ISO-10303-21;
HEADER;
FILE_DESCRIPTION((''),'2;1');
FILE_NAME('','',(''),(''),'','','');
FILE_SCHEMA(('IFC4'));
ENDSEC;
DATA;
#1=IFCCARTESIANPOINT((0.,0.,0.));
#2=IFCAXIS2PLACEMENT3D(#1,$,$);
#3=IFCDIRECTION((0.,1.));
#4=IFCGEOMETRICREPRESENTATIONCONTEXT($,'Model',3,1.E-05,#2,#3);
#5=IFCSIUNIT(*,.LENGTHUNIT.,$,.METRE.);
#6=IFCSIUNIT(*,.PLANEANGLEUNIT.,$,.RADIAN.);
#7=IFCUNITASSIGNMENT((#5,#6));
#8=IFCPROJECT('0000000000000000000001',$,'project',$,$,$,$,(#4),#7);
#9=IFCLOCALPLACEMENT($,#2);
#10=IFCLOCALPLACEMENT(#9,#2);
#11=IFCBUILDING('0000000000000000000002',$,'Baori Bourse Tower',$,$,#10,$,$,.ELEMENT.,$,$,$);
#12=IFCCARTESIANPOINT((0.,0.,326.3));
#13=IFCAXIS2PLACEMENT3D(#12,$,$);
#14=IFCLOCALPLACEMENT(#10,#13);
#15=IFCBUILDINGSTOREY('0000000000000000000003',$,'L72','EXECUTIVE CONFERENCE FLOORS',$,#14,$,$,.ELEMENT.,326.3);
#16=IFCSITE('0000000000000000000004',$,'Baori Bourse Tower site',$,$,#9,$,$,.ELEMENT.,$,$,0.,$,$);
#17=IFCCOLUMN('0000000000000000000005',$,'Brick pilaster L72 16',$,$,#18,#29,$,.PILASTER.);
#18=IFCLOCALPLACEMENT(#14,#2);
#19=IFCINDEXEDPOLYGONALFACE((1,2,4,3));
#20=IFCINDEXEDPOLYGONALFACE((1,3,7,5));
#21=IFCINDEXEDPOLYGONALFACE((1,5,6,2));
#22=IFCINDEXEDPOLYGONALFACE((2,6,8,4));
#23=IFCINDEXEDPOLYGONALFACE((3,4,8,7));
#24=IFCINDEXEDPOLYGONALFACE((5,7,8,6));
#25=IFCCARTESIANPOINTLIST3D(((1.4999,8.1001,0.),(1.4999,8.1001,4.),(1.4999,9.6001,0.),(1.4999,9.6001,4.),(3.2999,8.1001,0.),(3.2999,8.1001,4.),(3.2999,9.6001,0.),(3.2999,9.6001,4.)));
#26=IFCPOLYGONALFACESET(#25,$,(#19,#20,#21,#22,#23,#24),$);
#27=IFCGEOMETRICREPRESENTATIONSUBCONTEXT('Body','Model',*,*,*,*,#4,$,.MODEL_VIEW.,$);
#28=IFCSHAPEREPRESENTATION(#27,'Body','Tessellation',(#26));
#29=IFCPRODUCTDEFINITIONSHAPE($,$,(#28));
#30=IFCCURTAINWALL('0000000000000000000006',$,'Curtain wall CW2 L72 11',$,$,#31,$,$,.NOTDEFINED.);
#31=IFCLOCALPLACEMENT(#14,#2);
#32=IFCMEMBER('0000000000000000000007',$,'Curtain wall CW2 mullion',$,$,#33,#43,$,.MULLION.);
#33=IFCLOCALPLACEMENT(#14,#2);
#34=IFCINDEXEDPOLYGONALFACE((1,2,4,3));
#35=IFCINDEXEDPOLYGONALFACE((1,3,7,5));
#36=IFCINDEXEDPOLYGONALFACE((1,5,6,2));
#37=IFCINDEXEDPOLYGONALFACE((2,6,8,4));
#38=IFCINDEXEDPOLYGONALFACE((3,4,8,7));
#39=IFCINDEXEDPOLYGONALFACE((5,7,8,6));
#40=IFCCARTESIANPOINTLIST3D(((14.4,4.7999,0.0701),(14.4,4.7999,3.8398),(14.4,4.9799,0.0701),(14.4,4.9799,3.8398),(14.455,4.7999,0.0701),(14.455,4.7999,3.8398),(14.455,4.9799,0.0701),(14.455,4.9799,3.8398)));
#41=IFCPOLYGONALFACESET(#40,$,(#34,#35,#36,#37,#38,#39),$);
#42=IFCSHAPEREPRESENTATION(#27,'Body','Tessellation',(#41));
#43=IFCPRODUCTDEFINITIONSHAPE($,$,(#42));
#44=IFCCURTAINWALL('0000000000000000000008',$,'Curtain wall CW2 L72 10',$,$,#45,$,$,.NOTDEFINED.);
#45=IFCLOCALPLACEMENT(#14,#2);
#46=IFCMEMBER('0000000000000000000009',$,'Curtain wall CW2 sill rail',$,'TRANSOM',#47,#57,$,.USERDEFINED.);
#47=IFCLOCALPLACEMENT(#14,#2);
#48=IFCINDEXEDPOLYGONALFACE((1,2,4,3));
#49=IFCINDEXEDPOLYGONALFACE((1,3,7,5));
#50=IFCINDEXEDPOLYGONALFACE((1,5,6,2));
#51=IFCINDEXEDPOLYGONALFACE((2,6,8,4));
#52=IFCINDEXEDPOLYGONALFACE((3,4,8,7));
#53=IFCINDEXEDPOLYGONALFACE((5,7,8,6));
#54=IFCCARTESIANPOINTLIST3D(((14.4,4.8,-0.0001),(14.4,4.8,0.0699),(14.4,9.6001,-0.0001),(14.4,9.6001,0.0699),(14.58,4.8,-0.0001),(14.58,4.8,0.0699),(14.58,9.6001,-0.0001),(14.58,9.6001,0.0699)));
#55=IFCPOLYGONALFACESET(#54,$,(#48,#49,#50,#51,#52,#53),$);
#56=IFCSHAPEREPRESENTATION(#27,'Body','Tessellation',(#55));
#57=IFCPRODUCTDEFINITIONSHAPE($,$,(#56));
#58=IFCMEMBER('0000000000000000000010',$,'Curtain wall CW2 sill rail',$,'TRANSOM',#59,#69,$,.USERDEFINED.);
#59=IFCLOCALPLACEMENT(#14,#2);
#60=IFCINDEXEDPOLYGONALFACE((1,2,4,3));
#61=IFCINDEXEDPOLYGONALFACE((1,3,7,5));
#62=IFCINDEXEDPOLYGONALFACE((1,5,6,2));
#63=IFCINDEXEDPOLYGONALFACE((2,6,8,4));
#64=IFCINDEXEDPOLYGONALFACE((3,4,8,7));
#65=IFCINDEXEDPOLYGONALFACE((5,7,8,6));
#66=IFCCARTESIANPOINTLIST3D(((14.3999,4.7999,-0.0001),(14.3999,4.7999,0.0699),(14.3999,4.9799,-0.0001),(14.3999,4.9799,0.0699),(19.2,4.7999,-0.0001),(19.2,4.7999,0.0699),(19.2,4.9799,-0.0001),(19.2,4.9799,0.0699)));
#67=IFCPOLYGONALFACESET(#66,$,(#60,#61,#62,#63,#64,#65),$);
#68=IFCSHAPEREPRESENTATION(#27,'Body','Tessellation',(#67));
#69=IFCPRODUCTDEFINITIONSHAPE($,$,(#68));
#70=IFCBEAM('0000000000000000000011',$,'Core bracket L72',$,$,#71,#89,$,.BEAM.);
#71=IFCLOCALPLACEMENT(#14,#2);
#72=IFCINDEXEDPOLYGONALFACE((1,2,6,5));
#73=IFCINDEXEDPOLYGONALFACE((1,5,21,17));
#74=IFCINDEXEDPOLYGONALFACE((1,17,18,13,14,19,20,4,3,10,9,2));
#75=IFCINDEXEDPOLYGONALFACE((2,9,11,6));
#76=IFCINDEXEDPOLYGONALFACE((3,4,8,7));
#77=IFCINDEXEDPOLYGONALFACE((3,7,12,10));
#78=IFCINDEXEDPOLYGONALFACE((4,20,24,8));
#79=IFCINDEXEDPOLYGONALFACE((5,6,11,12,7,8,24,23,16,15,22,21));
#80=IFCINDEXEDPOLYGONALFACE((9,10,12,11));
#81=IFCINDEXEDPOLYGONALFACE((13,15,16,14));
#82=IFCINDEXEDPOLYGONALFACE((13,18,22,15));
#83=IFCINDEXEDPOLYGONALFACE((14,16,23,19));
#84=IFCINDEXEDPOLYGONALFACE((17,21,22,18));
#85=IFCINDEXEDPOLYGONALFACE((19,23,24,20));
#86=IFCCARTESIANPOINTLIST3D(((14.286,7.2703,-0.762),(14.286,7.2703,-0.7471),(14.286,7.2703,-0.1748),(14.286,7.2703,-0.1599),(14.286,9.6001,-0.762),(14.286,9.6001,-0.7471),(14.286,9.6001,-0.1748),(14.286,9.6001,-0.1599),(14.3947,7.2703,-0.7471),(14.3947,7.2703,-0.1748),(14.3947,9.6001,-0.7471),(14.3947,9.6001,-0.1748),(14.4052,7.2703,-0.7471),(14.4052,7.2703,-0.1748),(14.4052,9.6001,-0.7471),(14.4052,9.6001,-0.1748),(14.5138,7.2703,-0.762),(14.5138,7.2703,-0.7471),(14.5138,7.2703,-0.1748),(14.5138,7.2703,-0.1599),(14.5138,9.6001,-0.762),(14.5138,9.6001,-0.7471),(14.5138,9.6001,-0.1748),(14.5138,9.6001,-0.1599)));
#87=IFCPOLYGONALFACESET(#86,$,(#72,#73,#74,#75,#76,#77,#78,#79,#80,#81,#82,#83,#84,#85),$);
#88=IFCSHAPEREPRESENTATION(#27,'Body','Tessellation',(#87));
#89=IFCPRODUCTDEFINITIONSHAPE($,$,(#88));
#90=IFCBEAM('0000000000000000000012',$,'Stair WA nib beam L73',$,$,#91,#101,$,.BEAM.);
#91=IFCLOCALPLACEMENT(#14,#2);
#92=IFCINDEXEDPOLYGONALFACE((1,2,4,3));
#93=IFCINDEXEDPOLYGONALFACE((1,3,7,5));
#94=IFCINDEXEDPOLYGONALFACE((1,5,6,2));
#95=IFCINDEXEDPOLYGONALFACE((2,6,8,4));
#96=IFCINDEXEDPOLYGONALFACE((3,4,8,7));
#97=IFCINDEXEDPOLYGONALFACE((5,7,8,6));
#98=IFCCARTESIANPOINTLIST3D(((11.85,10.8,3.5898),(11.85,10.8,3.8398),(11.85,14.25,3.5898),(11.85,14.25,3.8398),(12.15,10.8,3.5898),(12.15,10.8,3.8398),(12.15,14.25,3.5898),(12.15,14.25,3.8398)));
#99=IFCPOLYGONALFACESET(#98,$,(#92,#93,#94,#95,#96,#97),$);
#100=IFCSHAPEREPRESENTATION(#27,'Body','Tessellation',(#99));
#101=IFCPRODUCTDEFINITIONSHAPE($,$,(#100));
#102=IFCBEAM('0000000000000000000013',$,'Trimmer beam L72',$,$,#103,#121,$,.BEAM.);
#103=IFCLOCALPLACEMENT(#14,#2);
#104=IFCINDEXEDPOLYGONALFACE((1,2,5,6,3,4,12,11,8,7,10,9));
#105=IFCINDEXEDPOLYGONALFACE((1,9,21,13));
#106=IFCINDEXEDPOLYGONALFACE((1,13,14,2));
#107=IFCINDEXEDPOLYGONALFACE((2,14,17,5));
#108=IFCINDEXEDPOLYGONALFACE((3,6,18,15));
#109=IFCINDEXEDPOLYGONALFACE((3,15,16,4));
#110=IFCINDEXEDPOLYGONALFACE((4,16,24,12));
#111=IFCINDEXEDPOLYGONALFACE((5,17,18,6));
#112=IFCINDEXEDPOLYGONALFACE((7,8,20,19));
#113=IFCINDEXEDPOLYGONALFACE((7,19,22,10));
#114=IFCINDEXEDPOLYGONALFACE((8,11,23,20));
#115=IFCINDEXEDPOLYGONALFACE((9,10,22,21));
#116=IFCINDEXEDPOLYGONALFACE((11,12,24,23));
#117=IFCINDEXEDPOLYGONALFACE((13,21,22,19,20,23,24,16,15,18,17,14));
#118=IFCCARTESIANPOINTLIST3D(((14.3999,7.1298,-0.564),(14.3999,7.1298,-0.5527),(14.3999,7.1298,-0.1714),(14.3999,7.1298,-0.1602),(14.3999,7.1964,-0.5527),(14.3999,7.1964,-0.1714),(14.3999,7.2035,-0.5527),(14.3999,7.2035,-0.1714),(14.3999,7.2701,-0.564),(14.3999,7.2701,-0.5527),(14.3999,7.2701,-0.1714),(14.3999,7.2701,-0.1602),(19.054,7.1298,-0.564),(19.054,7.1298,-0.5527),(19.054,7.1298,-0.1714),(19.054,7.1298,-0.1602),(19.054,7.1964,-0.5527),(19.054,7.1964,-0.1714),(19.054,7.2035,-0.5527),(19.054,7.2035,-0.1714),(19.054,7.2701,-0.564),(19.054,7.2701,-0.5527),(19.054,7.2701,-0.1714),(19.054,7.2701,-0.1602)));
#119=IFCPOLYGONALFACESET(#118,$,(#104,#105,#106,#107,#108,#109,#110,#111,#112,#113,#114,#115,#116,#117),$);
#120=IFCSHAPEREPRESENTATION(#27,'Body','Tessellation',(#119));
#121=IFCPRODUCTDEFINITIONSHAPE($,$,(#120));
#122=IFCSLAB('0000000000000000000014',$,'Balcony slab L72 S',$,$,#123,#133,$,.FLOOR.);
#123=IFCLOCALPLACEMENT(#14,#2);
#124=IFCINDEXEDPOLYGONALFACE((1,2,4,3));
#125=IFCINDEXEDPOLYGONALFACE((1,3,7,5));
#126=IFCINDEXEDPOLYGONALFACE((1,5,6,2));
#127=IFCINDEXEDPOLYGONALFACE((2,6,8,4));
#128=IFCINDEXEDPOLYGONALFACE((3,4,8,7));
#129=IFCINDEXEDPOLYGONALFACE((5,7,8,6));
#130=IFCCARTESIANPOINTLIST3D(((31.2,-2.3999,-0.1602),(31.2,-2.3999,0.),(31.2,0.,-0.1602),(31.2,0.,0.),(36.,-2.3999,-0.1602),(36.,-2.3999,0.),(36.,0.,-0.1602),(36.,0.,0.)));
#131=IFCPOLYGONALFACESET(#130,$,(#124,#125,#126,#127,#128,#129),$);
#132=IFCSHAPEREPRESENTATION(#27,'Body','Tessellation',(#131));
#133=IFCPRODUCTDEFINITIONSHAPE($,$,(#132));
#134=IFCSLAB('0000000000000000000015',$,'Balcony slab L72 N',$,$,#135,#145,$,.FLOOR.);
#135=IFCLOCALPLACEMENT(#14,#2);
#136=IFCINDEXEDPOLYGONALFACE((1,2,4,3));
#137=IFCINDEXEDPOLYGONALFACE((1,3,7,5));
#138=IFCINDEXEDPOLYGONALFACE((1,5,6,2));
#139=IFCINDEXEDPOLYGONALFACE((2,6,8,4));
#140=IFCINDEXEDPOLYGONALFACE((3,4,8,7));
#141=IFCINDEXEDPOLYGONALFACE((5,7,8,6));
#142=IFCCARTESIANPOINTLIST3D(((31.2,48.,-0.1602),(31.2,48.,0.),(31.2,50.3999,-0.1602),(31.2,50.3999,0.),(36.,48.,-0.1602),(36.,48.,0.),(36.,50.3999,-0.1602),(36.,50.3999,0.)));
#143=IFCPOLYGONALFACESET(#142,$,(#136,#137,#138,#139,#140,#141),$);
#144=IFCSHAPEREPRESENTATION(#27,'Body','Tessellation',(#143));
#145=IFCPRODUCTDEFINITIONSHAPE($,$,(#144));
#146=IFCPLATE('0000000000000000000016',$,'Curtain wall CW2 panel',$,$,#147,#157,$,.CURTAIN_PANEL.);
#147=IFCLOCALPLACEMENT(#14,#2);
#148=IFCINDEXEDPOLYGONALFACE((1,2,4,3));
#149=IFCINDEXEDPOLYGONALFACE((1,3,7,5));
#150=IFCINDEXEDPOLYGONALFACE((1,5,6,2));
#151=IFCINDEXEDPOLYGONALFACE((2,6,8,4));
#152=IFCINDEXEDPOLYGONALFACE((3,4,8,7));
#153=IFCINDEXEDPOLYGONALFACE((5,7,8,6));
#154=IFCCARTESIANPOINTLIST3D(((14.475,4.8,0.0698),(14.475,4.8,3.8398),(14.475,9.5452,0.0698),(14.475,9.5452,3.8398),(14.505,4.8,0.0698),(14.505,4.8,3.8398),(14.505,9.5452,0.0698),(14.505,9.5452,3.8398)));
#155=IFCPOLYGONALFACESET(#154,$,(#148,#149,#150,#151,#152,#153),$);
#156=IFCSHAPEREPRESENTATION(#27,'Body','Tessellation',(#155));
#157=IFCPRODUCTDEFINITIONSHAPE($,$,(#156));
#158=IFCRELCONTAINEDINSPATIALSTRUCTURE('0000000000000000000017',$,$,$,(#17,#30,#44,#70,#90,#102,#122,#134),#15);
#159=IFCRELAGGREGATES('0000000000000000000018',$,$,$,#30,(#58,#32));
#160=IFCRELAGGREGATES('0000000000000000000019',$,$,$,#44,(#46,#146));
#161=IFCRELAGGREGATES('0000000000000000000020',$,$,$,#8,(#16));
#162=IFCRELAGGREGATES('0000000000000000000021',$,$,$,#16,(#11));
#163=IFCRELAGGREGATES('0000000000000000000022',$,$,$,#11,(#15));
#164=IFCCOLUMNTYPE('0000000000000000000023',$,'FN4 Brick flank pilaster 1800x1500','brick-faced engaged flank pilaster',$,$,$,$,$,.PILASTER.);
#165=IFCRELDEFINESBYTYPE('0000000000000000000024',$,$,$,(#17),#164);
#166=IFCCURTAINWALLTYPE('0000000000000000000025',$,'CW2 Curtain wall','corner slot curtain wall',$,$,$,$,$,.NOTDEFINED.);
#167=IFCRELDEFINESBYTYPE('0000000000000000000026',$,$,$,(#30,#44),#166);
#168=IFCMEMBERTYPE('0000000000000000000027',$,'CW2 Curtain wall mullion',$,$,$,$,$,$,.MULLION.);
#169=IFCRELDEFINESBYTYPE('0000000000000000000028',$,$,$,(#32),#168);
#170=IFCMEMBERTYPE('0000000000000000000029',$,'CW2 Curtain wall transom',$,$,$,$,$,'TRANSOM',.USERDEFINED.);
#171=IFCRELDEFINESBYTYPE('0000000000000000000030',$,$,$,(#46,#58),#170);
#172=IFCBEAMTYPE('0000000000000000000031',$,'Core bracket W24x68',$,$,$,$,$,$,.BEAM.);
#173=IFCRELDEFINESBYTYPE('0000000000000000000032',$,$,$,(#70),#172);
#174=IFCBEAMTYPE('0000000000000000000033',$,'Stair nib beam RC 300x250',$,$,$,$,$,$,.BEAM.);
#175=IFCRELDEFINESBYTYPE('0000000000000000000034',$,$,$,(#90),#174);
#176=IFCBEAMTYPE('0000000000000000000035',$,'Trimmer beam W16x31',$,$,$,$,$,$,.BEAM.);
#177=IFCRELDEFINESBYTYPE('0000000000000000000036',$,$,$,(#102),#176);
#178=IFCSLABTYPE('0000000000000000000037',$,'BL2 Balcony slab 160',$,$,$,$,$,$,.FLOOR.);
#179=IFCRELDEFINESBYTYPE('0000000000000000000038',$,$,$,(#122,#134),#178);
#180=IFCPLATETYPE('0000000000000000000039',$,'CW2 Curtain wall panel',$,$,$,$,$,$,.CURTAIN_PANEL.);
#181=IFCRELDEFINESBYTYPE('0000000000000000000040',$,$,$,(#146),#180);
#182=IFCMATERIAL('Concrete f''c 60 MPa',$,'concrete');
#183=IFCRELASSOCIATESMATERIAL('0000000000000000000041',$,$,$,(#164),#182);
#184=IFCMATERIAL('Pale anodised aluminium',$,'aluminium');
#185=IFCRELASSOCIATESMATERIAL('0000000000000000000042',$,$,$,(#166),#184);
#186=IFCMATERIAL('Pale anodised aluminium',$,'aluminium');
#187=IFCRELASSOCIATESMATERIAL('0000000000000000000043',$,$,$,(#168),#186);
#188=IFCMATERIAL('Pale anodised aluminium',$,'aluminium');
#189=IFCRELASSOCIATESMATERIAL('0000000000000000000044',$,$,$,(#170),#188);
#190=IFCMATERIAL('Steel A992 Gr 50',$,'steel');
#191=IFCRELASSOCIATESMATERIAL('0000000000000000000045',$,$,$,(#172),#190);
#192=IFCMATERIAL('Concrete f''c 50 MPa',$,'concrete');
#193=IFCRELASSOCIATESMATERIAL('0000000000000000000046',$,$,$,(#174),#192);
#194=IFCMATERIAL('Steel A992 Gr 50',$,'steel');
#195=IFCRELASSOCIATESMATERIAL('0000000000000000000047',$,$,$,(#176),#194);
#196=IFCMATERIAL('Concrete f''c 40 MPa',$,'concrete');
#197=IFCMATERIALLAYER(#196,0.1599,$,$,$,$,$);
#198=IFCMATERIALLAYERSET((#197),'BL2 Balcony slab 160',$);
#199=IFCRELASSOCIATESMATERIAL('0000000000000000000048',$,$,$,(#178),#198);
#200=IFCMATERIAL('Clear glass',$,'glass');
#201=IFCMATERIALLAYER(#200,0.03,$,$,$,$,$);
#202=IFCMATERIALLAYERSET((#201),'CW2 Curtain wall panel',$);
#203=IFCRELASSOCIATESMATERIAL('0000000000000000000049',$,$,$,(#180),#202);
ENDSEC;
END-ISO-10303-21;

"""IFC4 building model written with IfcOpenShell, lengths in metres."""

from ifc_helpers import new_model, si_unit, direction, frame, origin, origin_2d, place, context, subcontext, project, spatial, polyline, rectangle, i_section, outline, extrude, material, layer, layer_set, material_profile, profile_set, type_object, element, aggregate, save


model = new_model("IFC4")

# Units and contexts
model_context = context("Model", 3, precision=1e-05, world=origin(), true_north=direction((0.0, 1.0)))
body_context = subcontext(model_context, "Body", "Model", "MODEL_VIEW")
ifc_project = project(units=[si_unit("LENGTHUNIT", "METRE"), si_unit("PLANEANGLEUNIT", "RADIAN")], contexts=[model_context])

# Site, building, storey
site_placement = place(None, origin())
site = spatial("IfcSite", under=ifc_project, at=site_placement, Name="Baori Bourse Tower site", CompositionType="ELEMENT", RefElevation=0.0)
building_placement = place(site_placement, origin())
building = spatial("IfcBuilding", under=site, at=building_placement, Name="Baori Bourse Tower", CompositionType="ELEMENT")
storey_placement = place(building_placement, frame((0.0, 0.0, 326.3)))
storey = spatial("IfcBuildingStorey", under=building, at=storey_placement, Name="L72", Description="EXECUTIVE CONFERENCE FLOORS", CompositionType="ELEMENT", Elevation=326.3)

# Column
ifc_material_1 = material(Name="Concrete f'c 60 MPa", Category="concrete")
ifc_material_profile_1 = material_profile(ifc_material_1, rectangle(XDim=1.8, YDim=1.5, at=origin_2d()), Name="RC 1800x1500")
ifc_profile_set_1 = profile_set([ifc_material_profile_1], Name="Concrete f'c 60 MPa")
column_type = type_object("IfcColumnType", Name="FN4 Brick flank pilaster 1800x1500", Description="brick-faced engaged flank pilaster", PredefinedType="PILASTER", material=ifc_profile_set_1)
column_placement = place(storey_placement, frame((2.3999, 8.8501, 0.0), z_axis=(0.0, 0.0, 1.0), x_axis=(1.0, 0.0, 0.0)))
element("IfcColumn", 1, at=column_placement, inside=storey, type_object=column_type, Name="Brick pilaster L72 16", PredefinedType="PILASTER", context=body_context, shape_type="SweptSolid", body=[
    extrude(rectangle(XDim=1.8, YDim=1.5, at=origin_2d()), origin(), (0.0, 0.0, 1.0), 4.0),
])

# Curtain walls, members
ifc_material_2 = material(Name="Pale anodised aluminium", Category="aluminium")
curtain_wall_type = type_object("IfcCurtainWallType", Name="CW2 Curtain wall", Description="corner slot curtain wall", PredefinedType="NOTDEFINED", material=ifc_material_2)
curtain_wall_1_placement = place(storey_placement, origin())
curtain_wall_1 = element("IfcCurtainWall", 2, at=curtain_wall_1_placement, inside=storey, type_object=curtain_wall_type, Name="Curtain wall CW2 L72 11", PredefinedType="NOTDEFINED")
ifc_material_3 = material(Name="Pale anodised aluminium", Category="aluminium")
ifc_material_profile_2 = material_profile(ifc_material_3, rectangle(XDim=0.1799, YDim=0.0549, at=origin_2d()), Name="Mullion 55x180")
ifc_profile_set_2 = profile_set([ifc_material_profile_2], Name="Pale anodised aluminium")
member_type_1 = type_object("IfcMemberType", Name="CW2 Curtain wall mullion", PredefinedType="MULLION", material=ifc_profile_set_2)
member_1_placement = place(storey_placement, frame((14.4275, 4.8899, 0.0701), z_axis=(0.0, 0.0, 1.0), x_axis=(0.0, 1.0, 0.0)))
member_1 = element("IfcMember", 3, at=member_1_placement, type_object=member_type_1, Name="Curtain wall CW2 mullion", PredefinedType="MULLION", context=body_context, shape_type="SweptSolid", body=[
    extrude(rectangle(XDim=0.1799, YDim=0.0549, at=origin_2d()), origin(), (0.0, 0.0, 1.0), 3.7698),
])
curtain_wall_2_placement = place(storey_placement, origin())
curtain_wall_2 = element("IfcCurtainWall", 4, at=curtain_wall_2_placement, inside=storey, type_object=curtain_wall_type, Name="Curtain wall CW2 L72 10", PredefinedType="NOTDEFINED")
ifc_material_4 = material(Name="Pale anodised aluminium", Category="aluminium")
ifc_material_profile_3 = material_profile(ifc_material_4, rectangle(XDim=0.1799, YDim=0.0701, at=origin_2d()), Name="Transom 70x180")
ifc_profile_set_3 = profile_set([ifc_material_profile_3], Name="Pale anodised aluminium")
member_type_2 = type_object("IfcMemberType", Name="CW2 Curtain wall transom", ElementType="TRANSOM", PredefinedType="USERDEFINED", material=ifc_profile_set_3)
member_2_placement = place(storey_placement, frame((14.49, 9.6001, 0.0349), z_axis=(0.0, -1.0, 0.0), x_axis=(1.0, 0.0, 0.0)))
member_2 = element("IfcMember", 5, at=member_2_placement, type_object=member_type_2, Name="Curtain wall CW2 sill rail", ObjectType="TRANSOM", PredefinedType="USERDEFINED", context=body_context, shape_type="SweptSolid", body=[
    extrude(rectangle(XDim=0.1799, YDim=0.0701, at=origin_2d()), origin(), (0.0, 0.0, 1.0), 4.8),
])

# Member
member_3_placement = place(storey_placement, frame((14.3999, 4.8899, 0.0349), z_axis=(1.0, 0.0, 0.0), x_axis=(0.0, 1.0, 0.0)))
member_3 = element("IfcMember", 6, at=member_3_placement, type_object=member_type_2, Name="Curtain wall CW2 sill rail", ObjectType="TRANSOM", PredefinedType="USERDEFINED", context=body_context, shape_type="SweptSolid", body=[
    extrude(rectangle(XDim=0.1799, YDim=0.0701, at=origin_2d()), origin(), (0.0, 0.0, 1.0), 4.8),
])
aggregate(curtain_wall_1, [member_3, member_1])

# Beams
ifc_material_5 = material(Name="Steel A992 Gr 50", Category="steel")
ifc_material_profile_4 = material_profile(ifc_material_5, i_section(OverallWidth=0.2278, OverallDepth=0.6021, WebThickness=0.0105, FlangeThickness=0.0149, at=origin_2d()), Name="W24x68")
ifc_profile_set_4 = profile_set([ifc_material_profile_4], Name="Steel A992 Gr 50")
beam_type_1 = type_object("IfcBeamType", Name="Core bracket W24x68", PredefinedType="BEAM", material=ifc_profile_set_4)
beam_1_placement = place(storey_placement, frame((14.3999, 7.2703, -0.4609), z_axis=(0.0, 1.0, 0.0), x_axis=(-1.0, 0.0, 0.0)))
element("IfcBeam", 7, at=beam_1_placement, inside=storey, type_object=beam_type_1, Name="Core bracket L72", PredefinedType="BEAM", context=body_context, shape_type="SweptSolid", body=[
    extrude(i_section(OverallWidth=0.2278, OverallDepth=0.6021, WebThickness=0.0105, FlangeThickness=0.0149, at=origin_2d()), origin(), (0.0, 0.0, 1.0), 2.3298),
])
ifc_material_6 = material(Name="Concrete f'c 50 MPa", Category="concrete")
ifc_material_profile_5 = material_profile(ifc_material_6, rectangle(XDim=0.3, YDim=0.25, at=origin_2d()), Name="RC 300x250")
ifc_profile_set_5 = profile_set([ifc_material_profile_5], Name="Concrete f'c 50 MPa")
beam_type_2 = type_object("IfcBeamType", Name="Stair nib beam RC 300x250", PredefinedType="BEAM", material=ifc_profile_set_5)
beam_2_placement = place(storey_placement, frame((12.0, 10.8, 3.7148), z_axis=(0.0, 1.0, 0.0), x_axis=(-1.0, 0.0, 0.0)))
element("IfcBeam", 8, at=beam_2_placement, inside=storey, type_object=beam_type_2, Name="Stair WA nib beam L73", PredefinedType="BEAM", context=body_context, shape_type="SweptSolid", body=[
    extrude(rectangle(XDim=0.3, YDim=0.25, at=origin_2d()), origin(), (0.0, 0.0, 1.0), 3.45),
])
ifc_material_7 = material(Name="Steel A992 Gr 50", Category="steel")
ifc_material_profile_6 = material_profile(ifc_material_7, i_section(OverallWidth=0.1404, OverallDepth=0.4038, WebThickness=0.0071, FlangeThickness=0.0112, at=origin_2d()), Name="W16x31")
ifc_profile_set_6 = profile_set([ifc_material_profile_6], Name="Steel A992 Gr 50")
beam_type_3 = type_object("IfcBeamType", Name="Trimmer beam W16x31", PredefinedType="BEAM", material=ifc_profile_set_6)
beam_3_placement = place(storey_placement, frame((14.3999, 7.2, -0.3621), z_axis=(1.0, 0.0, 0.0), x_axis=(0.0, 1.0, 0.0)))
element("IfcBeam", 9, at=beam_3_placement, inside=storey, type_object=beam_type_3, Name="Trimmer beam L72", PredefinedType="BEAM", context=body_context, shape_type="SweptSolid", body=[
    extrude(i_section(OverallWidth=0.1404, OverallDepth=0.4038, WebThickness=0.0071, FlangeThickness=0.0112, at=origin_2d()), origin(), (0.0, 0.0, 1.0), 4.6541),
])

# Slabs
ifc_material_8 = material(Name="Concrete f'c 40 MPa", Category="concrete")
ifc_layer_1 = layer(ifc_material_8, 0.1599)
ifc_layer_set_1 = layer_set([ifc_layer_1], Name="BL2 Balcony slab 160")
slab_type = type_object("IfcSlabType", Name="BL2 Balcony slab 160", PredefinedType="FLOOR", material=ifc_layer_set_1)
slab_1_placement = place(storey_placement, frame((0.0, 0.0, -0.1602)))
element("IfcSlab", 10, at=slab_1_placement, inside=storey, type_object=slab_type, Name="Balcony slab L72 S", PredefinedType="FLOOR", context=body_context, shape_type="SweptSolid", body=[
    extrude(outline(polyline([(31.2, 0.0), (31.2, -2.3999), (36.0, -2.3999), (36.0, 0.0), (31.2, 0.0)])), origin(), (0.0, 0.0, 1.0), 0.1602),
])
slab_2_placement = place(storey_placement, frame((0.0, 0.0, -0.1602)))
element("IfcSlab", 11, at=slab_2_placement, inside=storey, type_object=slab_type, Name="Balcony slab L72 N", PredefinedType="FLOOR", context=body_context, shape_type="SweptSolid", body=[
    extrude(outline(polyline([(31.2, 48.0), (36.0, 48.0), (36.0, 50.3999), (31.2, 50.3999), (31.2, 48.0)])), origin(), (0.0, 0.0, 1.0), 0.1602),
])

# Plate
ifc_material_9 = material(Name="Clear glass", Category="glass")
ifc_layer_2 = layer(ifc_material_9, 0.03)
ifc_layer_set_2 = layer_set([ifc_layer_2], Name="CW2 Curtain wall panel")
plate_type = type_object("IfcPlateType", Name="CW2 Curtain wall panel", PredefinedType="CURTAIN_PANEL", material=ifc_layer_set_2)
plate_placement = place(storey_placement, frame((14.49, 7.1726, 0.0698), z_axis=(0.0, 0.0, 1.0), x_axis=(0.0, -1.0, 0.0)))
plate = element("IfcPlate", 12, at=plate_placement, type_object=plate_type, Name="Curtain wall CW2 panel", PredefinedType="CURTAIN_PANEL", context=body_context, shape_type="SweptSolid", body=[
    extrude(rectangle(XDim=4.7451, YDim=0.03, at=origin_2d()), origin(), (0.0, 0.0, 1.0), 3.77),
])
aggregate(curtain_wall_2, [member_2, plate])

save(model, "model.ifc")
